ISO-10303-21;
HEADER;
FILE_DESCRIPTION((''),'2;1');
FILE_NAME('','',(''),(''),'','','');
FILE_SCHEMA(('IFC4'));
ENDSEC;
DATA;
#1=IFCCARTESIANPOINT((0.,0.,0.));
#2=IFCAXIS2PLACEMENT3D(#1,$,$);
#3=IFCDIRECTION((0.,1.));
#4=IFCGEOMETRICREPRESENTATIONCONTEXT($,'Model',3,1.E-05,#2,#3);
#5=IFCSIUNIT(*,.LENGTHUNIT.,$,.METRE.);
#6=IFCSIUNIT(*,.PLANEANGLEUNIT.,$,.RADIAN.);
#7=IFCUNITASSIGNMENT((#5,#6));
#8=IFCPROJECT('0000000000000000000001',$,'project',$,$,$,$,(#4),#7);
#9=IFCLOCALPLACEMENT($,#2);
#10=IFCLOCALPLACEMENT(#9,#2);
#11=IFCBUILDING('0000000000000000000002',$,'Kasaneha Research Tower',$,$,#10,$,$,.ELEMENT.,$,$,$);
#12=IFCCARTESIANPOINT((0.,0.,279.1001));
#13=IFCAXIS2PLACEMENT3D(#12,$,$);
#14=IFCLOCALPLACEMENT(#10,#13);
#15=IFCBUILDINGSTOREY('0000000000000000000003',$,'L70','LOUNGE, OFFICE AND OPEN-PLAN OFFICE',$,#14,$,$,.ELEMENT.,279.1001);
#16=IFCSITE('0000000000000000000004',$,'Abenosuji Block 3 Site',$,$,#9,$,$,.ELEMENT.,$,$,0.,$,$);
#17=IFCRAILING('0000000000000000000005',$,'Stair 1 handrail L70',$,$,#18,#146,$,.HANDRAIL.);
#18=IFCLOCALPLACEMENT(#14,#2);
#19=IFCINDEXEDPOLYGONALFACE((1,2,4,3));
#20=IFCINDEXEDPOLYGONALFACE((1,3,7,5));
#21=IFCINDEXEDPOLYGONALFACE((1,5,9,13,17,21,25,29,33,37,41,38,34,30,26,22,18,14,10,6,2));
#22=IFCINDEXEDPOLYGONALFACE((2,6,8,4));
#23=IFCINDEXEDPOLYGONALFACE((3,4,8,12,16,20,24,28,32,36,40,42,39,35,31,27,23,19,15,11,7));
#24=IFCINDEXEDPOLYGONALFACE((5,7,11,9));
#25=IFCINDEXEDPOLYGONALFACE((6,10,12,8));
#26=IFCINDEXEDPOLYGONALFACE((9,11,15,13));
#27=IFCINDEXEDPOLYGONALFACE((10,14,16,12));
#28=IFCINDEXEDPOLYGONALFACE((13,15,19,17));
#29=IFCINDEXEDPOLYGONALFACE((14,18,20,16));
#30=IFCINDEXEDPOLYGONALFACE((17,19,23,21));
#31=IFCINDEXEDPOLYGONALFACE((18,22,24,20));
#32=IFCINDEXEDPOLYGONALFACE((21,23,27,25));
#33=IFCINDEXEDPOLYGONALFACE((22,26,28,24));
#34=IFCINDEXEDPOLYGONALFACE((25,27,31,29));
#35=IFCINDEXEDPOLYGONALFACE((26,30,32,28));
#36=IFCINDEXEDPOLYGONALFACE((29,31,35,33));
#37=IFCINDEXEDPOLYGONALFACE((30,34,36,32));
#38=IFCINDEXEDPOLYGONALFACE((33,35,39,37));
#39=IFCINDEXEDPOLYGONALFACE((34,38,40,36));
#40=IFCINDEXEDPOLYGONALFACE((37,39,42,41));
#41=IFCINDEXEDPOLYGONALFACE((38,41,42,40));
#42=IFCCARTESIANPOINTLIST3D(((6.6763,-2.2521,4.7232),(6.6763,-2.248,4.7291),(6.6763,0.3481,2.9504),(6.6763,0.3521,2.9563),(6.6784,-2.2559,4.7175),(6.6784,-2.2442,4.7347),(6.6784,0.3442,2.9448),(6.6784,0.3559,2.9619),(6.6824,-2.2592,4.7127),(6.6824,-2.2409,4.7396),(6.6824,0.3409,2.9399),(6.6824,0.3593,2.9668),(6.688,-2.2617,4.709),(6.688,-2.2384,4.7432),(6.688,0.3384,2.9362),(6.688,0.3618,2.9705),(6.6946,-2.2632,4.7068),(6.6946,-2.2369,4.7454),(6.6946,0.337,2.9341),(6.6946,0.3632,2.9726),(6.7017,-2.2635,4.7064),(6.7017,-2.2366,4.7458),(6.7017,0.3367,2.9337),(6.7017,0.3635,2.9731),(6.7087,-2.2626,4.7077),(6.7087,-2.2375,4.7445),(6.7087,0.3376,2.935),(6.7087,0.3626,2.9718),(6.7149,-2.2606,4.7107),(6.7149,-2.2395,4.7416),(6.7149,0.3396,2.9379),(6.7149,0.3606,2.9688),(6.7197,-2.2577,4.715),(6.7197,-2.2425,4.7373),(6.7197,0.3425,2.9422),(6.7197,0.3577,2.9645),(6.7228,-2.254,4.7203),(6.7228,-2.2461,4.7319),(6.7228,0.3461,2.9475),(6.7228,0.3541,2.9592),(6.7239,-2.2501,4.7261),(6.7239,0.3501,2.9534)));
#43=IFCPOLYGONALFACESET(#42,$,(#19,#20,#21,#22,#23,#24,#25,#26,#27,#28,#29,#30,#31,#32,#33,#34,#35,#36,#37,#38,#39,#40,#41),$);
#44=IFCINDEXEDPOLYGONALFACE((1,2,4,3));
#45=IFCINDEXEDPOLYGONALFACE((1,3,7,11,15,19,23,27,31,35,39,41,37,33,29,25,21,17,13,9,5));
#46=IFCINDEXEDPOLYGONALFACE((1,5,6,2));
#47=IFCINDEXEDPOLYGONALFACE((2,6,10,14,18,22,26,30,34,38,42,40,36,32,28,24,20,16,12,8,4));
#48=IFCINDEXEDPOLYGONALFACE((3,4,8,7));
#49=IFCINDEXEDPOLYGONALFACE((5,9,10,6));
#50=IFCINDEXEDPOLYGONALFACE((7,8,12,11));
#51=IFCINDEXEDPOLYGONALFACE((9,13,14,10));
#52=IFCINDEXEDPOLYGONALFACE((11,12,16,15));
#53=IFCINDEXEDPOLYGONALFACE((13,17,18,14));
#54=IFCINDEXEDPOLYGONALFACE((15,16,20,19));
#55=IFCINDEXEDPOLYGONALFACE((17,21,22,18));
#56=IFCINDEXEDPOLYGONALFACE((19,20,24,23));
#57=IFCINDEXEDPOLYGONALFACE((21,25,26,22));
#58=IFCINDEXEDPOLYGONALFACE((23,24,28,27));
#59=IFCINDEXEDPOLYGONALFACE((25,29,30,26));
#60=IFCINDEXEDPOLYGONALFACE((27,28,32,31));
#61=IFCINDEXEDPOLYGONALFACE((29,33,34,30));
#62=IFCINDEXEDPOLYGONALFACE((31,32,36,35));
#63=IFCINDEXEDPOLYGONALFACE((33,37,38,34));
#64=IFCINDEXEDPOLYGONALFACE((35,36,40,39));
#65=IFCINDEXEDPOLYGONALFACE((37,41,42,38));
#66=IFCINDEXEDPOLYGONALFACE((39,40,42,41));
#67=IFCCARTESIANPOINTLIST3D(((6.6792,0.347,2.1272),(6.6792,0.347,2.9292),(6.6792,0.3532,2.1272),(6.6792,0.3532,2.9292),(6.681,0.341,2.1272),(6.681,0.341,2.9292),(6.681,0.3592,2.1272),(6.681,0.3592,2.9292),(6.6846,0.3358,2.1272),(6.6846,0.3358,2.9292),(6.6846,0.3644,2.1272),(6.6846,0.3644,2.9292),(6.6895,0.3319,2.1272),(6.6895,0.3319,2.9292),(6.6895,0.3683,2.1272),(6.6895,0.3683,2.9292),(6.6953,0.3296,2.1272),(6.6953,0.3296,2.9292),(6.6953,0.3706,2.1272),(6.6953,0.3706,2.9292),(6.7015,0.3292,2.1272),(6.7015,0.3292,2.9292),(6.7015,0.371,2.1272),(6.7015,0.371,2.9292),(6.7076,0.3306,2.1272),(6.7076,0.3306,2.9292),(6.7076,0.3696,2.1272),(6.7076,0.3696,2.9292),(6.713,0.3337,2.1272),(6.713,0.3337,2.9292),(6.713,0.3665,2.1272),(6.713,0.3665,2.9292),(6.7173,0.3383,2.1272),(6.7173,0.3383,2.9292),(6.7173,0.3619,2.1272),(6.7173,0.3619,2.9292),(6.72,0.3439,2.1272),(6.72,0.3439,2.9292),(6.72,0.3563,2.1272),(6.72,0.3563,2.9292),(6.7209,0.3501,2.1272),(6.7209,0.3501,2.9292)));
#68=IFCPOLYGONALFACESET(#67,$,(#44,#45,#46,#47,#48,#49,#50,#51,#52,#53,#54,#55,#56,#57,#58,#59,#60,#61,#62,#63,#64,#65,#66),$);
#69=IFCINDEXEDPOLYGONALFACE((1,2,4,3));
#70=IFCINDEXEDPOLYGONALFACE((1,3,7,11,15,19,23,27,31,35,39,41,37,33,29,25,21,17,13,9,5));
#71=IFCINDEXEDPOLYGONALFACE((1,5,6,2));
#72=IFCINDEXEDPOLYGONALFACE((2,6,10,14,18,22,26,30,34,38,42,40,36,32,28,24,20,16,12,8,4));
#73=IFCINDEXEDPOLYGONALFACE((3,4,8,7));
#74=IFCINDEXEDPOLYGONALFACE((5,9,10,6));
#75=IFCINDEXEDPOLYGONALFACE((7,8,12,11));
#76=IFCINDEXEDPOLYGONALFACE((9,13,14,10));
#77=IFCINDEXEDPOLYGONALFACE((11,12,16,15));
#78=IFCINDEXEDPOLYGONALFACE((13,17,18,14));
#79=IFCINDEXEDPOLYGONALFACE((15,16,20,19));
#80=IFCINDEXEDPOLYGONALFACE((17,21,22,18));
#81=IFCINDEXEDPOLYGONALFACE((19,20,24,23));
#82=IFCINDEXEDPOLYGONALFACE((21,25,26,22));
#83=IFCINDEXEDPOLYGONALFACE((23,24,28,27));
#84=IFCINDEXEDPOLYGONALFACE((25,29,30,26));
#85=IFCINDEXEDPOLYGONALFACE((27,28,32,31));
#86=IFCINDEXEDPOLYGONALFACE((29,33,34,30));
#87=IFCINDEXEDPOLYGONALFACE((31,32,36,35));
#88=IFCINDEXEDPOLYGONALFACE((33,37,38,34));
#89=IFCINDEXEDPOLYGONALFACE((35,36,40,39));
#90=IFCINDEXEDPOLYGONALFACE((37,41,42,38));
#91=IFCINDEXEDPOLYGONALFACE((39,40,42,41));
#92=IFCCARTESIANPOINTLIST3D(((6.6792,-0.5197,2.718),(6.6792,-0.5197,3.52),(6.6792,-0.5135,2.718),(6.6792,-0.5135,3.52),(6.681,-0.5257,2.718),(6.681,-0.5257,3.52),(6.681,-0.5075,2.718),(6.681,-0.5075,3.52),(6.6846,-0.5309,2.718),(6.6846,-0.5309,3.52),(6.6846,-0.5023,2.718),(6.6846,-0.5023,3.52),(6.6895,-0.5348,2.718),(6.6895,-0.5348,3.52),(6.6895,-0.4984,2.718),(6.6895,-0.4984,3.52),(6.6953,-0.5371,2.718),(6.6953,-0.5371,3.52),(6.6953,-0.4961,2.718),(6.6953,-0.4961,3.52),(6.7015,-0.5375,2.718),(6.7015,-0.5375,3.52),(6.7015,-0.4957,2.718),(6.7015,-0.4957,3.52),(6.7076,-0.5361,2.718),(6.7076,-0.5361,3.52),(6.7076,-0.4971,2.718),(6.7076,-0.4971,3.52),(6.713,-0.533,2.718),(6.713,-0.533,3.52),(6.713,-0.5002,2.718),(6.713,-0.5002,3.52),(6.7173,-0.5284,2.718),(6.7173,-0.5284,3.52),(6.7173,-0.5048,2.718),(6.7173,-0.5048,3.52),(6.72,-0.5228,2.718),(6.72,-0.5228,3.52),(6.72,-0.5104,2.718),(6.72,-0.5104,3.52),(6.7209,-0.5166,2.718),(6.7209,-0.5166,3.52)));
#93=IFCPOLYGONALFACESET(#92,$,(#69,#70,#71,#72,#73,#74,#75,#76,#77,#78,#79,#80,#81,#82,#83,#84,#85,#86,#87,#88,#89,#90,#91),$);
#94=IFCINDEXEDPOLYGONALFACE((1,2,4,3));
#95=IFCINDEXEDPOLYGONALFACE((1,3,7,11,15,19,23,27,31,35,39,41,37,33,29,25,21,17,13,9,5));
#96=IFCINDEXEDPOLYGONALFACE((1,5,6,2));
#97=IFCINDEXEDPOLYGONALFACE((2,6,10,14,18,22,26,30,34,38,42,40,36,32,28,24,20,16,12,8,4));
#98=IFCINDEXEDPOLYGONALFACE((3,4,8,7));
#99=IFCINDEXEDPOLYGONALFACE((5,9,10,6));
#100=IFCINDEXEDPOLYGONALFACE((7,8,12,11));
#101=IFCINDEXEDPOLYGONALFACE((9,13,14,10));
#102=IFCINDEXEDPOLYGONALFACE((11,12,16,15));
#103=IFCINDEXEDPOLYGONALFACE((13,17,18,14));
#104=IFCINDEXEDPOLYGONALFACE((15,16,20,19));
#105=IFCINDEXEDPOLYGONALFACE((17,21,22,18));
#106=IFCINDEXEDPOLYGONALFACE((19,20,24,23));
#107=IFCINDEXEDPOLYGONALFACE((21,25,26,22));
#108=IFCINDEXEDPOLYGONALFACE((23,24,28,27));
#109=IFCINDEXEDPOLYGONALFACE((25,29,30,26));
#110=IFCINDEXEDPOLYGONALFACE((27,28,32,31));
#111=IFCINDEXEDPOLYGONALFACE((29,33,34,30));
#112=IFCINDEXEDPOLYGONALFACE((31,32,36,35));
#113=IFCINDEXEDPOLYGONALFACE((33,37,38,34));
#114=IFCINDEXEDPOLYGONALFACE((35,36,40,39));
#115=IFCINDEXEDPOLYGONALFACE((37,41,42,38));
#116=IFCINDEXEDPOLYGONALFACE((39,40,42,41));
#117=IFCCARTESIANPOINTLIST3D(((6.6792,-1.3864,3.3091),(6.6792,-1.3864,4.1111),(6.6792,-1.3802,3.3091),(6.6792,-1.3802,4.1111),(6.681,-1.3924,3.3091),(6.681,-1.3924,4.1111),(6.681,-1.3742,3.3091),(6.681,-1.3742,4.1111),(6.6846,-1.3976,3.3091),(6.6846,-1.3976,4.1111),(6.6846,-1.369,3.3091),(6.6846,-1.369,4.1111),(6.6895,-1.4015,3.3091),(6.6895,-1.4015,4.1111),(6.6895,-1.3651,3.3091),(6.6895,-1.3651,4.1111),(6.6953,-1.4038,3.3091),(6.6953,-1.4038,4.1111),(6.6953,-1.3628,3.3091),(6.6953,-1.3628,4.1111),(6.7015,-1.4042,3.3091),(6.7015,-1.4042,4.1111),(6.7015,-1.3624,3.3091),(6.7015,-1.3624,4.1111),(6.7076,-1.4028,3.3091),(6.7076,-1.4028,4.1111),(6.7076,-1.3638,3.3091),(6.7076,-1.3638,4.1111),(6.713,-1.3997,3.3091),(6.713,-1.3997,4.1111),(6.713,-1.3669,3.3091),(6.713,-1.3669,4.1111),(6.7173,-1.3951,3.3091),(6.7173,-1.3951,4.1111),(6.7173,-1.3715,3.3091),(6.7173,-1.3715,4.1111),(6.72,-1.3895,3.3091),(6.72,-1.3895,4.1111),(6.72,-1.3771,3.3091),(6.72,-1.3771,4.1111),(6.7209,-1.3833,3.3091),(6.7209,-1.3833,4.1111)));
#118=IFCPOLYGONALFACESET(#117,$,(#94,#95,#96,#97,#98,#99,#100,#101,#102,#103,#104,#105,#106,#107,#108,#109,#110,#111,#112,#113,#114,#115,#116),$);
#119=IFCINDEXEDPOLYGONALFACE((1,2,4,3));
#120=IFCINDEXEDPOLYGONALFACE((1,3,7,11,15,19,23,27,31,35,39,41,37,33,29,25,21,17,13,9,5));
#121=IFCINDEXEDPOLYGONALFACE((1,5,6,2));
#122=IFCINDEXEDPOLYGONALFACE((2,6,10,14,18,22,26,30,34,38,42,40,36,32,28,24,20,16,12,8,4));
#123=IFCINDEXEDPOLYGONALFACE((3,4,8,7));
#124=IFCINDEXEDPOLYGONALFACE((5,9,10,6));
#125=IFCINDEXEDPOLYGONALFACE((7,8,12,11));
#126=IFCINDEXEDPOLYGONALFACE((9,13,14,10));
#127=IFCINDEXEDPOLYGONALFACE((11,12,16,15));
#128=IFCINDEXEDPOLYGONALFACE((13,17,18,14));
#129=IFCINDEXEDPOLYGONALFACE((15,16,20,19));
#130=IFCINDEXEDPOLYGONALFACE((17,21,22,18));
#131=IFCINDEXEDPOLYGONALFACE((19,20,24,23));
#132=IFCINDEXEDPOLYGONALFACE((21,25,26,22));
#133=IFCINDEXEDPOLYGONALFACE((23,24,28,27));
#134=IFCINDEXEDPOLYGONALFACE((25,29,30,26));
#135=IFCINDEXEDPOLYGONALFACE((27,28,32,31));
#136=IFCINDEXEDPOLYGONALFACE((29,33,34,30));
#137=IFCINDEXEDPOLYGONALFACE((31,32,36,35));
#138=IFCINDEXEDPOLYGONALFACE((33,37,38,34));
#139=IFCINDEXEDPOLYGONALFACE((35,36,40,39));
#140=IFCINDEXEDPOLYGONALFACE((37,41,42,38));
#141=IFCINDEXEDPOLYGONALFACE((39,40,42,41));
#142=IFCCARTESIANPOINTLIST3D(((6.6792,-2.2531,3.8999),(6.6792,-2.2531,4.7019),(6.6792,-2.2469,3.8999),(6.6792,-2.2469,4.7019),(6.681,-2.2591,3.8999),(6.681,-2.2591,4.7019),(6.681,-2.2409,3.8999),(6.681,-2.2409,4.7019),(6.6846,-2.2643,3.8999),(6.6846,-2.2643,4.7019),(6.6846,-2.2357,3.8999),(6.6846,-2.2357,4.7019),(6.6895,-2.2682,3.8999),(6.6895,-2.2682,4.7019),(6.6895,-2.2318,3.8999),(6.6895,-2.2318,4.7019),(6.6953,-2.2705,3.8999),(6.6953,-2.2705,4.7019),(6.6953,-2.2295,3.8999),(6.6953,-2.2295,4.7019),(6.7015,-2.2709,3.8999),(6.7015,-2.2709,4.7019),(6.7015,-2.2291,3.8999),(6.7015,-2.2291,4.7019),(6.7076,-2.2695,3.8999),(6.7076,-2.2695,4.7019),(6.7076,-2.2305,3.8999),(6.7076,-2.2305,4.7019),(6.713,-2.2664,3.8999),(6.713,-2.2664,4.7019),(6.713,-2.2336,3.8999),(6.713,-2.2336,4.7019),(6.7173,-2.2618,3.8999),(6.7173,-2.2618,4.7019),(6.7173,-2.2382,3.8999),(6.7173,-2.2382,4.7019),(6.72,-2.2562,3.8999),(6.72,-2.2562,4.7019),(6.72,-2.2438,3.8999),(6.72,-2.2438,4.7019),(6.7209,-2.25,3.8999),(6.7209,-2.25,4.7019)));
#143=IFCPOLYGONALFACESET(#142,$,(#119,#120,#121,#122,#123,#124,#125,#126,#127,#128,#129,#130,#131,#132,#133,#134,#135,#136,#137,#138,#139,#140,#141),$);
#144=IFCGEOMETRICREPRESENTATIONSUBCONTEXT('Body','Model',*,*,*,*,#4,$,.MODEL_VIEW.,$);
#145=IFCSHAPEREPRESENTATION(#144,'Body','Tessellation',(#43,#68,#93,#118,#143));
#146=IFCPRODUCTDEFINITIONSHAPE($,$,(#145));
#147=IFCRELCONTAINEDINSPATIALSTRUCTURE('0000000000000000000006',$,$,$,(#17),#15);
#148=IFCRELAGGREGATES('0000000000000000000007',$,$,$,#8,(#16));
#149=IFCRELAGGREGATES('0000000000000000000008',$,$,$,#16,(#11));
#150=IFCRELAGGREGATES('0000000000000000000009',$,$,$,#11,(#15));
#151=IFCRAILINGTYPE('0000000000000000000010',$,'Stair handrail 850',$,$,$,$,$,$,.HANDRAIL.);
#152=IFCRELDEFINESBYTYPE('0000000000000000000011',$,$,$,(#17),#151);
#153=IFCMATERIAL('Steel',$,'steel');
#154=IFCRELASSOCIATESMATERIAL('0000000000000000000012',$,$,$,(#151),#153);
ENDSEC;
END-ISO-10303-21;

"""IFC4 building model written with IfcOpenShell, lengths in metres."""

from ifc_helpers import new_model, si_unit, direction, frame, origin, origin_2d, place, context, subcontext, project, spatial, circle, extrude, material, type_object, element, save


model = new_model("IFC4")

# Units and contexts
model_context = context("Model", 3, precision=1e-05, world=origin(), true_north=direction((0.0, 1.0)))
body_context = subcontext(model_context, "Body", "Model", "MODEL_VIEW")
ifc_project = project(units=[si_unit("LENGTHUNIT", "METRE"), si_unit("PLANEANGLEUNIT", "RADIAN")], contexts=[model_context])

# Site, building, storey
site_placement = place(None, origin())
site = spatial("IfcSite", under=ifc_project, at=site_placement, Name="Abenosuji Block 3 Site", CompositionType="ELEMENT", RefElevation=0.0)
building_placement = place(site_placement, origin())
building = spatial("IfcBuilding", under=site, at=building_placement, Name="Kasaneha Research Tower", CompositionType="ELEMENT")
storey_placement = place(building_placement, frame((0.0, 0.0, 279.1001)))
storey = spatial("IfcBuildingStorey", under=building, at=storey_placement, Name="L70", Description="LOUNGE, OFFICE AND OPEN-PLAN OFFICE", CompositionType="ELEMENT", Elevation=279.1001)

# Railing
ifc_material_1 = material(Name="Steel", Category="steel")
railing_type_1 = type_object("IfcRailingType", Name="Stair handrail 850", PredefinedType="HANDRAIL", material=ifc_material_1)
railing_1_placement = place(storey_placement, frame((6.7, 0.3501, 2.1272)))
element("IfcRailing", 1, at=railing_1_placement, inside=storey, type_object=railing_type_1, Name="Stair 1 handrail L70", PredefinedType="HANDRAIL", context=body_context, shape_type="SweptSolid", body=[
    extrude(circle(Radius=0.0239, at=origin_2d()), frame((0.0, 0.0, 0.8262), z_axis=(0.0, -0.82624, 0.563318), x_axis=(1.0, 0.0, 0.0)), (0.0, 0.0, 1.0), 3.147),
    extrude(circle(Radius=0.021, at=origin_2d()), origin(), (0.0, 0.0, 1.0), 0.802),
    extrude(circle(Radius=0.021, at=origin_2d()), frame((0.0, -0.8667, 0.5908)), (0.0, 0.0, 1.0), 0.802),
    extrude(circle(Radius=0.021, at=origin_2d()), frame((0.0, -1.7334, 1.1819)), (0.0, 0.0, 1.0), 0.802),
    extrude(circle(Radius=0.021, at=origin_2d()), frame((0.0, -2.6001, 1.7727)), (0.0, 0.0, 1.0), 0.802),
])

save(model, "model.ifc")
